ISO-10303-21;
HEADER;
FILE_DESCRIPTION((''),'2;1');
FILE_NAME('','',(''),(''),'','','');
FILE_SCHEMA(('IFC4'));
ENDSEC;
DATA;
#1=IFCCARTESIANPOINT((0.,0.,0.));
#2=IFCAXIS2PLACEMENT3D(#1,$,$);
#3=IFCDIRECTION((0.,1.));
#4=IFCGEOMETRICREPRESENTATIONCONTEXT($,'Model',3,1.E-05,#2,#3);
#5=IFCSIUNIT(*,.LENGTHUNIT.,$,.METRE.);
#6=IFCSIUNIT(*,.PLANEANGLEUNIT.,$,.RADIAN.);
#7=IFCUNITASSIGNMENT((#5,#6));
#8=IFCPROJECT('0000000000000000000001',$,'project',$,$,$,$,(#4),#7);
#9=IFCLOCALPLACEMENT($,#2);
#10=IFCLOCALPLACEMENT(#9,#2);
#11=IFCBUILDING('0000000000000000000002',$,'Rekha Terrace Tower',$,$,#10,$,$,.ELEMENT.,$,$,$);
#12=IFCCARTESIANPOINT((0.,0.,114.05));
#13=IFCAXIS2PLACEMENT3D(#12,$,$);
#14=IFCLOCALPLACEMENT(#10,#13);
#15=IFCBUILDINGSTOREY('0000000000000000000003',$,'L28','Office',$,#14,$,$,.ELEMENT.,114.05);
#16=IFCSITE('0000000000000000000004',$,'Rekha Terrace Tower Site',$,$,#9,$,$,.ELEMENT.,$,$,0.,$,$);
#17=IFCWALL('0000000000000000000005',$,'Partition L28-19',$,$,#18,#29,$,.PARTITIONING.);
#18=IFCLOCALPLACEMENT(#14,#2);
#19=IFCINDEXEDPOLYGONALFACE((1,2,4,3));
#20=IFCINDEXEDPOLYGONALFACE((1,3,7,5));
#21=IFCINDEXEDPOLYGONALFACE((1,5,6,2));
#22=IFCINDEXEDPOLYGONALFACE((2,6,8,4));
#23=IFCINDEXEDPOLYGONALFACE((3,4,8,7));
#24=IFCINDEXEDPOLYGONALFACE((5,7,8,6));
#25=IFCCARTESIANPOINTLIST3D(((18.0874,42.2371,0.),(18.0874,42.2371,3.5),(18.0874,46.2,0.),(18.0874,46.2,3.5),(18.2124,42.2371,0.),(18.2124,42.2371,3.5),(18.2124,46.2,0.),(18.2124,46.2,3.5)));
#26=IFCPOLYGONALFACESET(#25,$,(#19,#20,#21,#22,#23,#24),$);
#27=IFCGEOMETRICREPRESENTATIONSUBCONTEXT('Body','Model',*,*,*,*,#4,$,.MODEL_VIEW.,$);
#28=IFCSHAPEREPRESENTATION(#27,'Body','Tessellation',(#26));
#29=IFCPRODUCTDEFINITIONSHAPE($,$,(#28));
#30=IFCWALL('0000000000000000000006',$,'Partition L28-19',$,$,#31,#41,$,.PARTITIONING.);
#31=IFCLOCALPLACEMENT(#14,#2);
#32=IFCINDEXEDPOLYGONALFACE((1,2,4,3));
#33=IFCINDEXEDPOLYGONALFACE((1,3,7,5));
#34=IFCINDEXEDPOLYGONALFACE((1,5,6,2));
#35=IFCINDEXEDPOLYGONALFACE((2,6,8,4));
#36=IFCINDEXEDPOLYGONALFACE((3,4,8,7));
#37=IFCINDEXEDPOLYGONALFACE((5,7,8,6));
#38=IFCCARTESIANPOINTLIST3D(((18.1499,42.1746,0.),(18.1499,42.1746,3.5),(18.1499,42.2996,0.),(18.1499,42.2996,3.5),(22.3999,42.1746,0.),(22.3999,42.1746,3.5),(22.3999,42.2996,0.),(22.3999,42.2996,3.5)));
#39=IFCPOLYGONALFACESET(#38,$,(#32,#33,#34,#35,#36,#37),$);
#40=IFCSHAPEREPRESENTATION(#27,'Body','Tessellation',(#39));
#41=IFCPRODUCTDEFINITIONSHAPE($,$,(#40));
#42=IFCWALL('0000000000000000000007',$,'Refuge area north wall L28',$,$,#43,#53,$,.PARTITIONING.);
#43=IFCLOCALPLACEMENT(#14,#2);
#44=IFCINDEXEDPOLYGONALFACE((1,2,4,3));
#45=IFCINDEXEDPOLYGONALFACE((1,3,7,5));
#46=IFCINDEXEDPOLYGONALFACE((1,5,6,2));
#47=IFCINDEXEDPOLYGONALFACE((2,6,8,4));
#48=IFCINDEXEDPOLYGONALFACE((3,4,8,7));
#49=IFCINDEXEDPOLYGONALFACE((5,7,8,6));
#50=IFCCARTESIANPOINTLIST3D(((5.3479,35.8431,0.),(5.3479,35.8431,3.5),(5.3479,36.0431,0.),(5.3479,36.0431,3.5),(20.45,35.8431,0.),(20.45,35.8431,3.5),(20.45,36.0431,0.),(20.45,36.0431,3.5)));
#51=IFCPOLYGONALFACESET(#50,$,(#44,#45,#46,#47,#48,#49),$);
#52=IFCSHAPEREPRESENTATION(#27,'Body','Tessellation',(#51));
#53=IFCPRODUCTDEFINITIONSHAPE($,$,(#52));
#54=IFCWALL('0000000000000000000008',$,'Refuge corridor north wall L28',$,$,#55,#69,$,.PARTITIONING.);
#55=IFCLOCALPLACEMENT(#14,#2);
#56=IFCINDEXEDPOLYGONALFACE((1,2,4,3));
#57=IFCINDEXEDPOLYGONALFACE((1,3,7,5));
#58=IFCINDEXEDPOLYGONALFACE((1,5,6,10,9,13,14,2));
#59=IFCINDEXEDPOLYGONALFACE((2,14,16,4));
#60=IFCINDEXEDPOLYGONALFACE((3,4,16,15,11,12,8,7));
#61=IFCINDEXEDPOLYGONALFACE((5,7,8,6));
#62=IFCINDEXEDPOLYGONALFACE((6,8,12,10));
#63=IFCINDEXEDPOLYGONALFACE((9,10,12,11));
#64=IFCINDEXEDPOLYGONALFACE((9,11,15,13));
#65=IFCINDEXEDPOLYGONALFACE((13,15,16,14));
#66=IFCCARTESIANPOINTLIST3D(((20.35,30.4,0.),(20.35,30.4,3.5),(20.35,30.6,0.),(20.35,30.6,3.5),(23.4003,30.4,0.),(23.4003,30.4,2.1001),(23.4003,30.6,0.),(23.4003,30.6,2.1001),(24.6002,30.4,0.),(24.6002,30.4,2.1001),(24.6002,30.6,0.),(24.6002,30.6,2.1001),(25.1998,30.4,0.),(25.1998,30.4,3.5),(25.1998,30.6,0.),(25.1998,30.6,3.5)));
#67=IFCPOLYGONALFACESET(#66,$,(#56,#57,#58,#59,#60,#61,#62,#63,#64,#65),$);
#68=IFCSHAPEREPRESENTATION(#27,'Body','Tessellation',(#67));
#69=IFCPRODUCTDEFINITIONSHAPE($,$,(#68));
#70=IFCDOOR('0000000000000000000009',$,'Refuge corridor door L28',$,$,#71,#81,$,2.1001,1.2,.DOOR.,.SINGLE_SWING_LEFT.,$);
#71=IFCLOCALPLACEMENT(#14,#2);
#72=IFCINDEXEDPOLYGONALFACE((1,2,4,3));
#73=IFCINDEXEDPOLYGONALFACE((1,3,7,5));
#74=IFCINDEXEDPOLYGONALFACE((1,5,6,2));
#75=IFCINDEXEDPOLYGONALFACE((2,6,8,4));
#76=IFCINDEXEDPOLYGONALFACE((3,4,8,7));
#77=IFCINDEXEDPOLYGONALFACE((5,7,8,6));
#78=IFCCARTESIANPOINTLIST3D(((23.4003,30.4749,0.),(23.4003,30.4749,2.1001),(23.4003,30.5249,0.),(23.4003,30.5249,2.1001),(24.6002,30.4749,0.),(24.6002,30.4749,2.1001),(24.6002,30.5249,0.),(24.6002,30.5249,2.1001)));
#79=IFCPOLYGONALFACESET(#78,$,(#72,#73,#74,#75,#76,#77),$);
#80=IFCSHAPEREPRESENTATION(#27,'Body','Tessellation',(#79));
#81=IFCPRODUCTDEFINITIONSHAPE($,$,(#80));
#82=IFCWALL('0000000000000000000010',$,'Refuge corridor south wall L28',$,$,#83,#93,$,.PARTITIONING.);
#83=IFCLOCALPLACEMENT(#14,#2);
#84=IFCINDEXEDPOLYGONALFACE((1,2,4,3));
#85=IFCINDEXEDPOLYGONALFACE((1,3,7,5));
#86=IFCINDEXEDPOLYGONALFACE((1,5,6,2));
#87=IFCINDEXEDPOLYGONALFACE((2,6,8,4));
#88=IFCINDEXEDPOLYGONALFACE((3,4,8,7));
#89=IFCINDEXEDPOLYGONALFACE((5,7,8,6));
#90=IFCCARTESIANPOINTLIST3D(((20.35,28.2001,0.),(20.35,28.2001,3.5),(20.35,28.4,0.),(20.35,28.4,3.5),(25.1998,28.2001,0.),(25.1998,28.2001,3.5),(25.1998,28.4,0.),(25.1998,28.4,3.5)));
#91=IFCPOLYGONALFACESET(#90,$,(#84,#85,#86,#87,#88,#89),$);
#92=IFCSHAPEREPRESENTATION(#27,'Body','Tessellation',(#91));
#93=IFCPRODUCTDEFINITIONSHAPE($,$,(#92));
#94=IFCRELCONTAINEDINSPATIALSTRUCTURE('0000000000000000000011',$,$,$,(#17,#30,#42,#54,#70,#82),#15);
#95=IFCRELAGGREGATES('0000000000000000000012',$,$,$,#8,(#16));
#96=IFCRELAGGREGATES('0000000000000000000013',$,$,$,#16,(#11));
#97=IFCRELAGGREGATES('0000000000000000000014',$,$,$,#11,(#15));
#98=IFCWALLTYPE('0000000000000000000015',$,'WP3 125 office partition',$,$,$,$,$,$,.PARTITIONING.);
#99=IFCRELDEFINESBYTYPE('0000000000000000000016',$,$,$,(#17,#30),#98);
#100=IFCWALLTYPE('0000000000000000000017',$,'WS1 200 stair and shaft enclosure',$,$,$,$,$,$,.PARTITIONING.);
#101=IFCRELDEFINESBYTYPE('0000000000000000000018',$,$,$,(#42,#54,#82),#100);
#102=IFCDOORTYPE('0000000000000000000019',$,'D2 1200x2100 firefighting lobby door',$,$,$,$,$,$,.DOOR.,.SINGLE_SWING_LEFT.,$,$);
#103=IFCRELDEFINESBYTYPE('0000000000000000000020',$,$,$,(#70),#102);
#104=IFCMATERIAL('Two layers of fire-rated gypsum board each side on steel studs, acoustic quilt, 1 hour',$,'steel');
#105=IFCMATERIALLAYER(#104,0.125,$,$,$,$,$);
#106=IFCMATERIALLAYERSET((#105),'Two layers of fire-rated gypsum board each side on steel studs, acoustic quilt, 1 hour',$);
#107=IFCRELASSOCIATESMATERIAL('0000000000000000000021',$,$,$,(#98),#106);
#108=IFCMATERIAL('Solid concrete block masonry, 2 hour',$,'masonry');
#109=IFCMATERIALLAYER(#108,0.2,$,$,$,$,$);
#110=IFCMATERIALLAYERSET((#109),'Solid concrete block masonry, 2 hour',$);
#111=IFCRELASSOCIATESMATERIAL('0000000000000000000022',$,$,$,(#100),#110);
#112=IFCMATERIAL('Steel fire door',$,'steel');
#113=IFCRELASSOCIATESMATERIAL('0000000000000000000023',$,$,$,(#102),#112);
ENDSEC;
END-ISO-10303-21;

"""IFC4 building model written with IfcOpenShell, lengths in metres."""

from ifc_helpers import new_model, si_unit, direction, frame, frame_2d, origin, place, context, subcontext, project, spatial, rectangle, extrude, material, layer, layer_set, type_object, element, fill, save


model = new_model("IFC4")

# Units and contexts
model_context = context("Model", 3, precision=1e-05, world=origin(), true_north=direction((0.0, 1.0)))
body_context = subcontext(model_context, "Body", "Model", "MODEL_VIEW")
ifc_project = project(units=[si_unit("LENGTHUNIT", "METRE"), si_unit("PLANEANGLEUNIT", "RADIAN")], contexts=[model_context])

# Site, building, storey
site_placement = place(None, origin())
site = spatial("IfcSite", under=ifc_project, at=site_placement, Name="Rekha Terrace Tower Site", CompositionType="ELEMENT", RefElevation=0.0)
building_placement = place(site_placement, origin())
building = spatial("IfcBuilding", under=site, at=building_placement, Name="Rekha Terrace Tower", CompositionType="ELEMENT")
storey_placement = place(building_placement, frame((0.0, 0.0, 114.05)))
storey = spatial("IfcBuildingStorey", under=building, at=storey_placement, Name="L28", Description="Office", CompositionType="ELEMENT", Elevation=114.05)

# Shared definitions
ifc_material_1 = material(Name="Steel fire door", Category="steel")

# Shared definitions
ifc_material_2 = material(Name="Two layers of fire-rated gypsum board each side on steel studs, acoustic quilt, 1 hour", Category="steel")
ifc_layer_1 = layer(ifc_material_2, 0.125)
ifc_layer_set_1 = layer_set([ifc_layer_1], Name="Two layers of fire-rated gypsum board each side on steel studs, acoustic quilt, 1 hour")
wall_type_1 = type_object("IfcWallType", Name="WP3 125 office partition", PredefinedType="PARTITIONING", material=ifc_layer_set_1)

# Walls
wall_1_placement = place(storey_placement, frame((18.1499, 42.2371, 0.0), z_axis=(0.0, 0.0, 1.0), x_axis=(0.0, 1.0, 0.0)))
element("IfcWall", 1, at=wall_1_placement, inside=storey, type_object=wall_type_1, Name="Partition L28-19", PredefinedType="PARTITIONING", context=body_context, shape_type="SweptSolid", body=[
    extrude(rectangle(XDim=3.9629, YDim=0.125, at=frame_2d((1.9814, 0.0))), origin(), (0.0, 0.0, 1.0), 3.5),
])
wall_2_placement = place(storey_placement, frame((22.3999, 42.2371, 0.0), z_axis=(0.0, 0.0, 1.0), x_axis=(-1.0, 0.0, 0.0)))
element("IfcWall", 2, at=wall_2_placement, inside=storey, type_object=wall_type_1, Name="Partition L28-19", PredefinedType="PARTITIONING", context=body_context, shape_type="SweptSolid", body=[
    extrude(rectangle(XDim=4.25, YDim=0.125, at=frame_2d((2.125, 0.0))), origin(), (0.0, 0.0, 1.0), 3.5),
])
ifc_material_3 = material(Name="Solid concrete block masonry, 2 hour", Category="masonry")
ifc_layer_2 = layer(ifc_material_3, 0.2)
ifc_layer_set_2 = layer_set([ifc_layer_2], Name="Solid concrete block masonry, 2 hour")
wall_type_2 = type_object("IfcWallType", Name="WS1 200 stair and shaft enclosure", PredefinedType="PARTITIONING", material=ifc_layer_set_2)
wall_3_placement = place(storey_placement, frame((5.3479, 35.9431, 0.0), z_axis=(0.0, 0.0, 1.0), x_axis=(1.0, 0.0, 0.0)))
element("IfcWall", 3, at=wall_3_placement, inside=storey, type_object=wall_type_2, Name="Refuge area north wall L28", PredefinedType="PARTITIONING", context=body_context, shape_type="SweptSolid", body=[
    extrude(rectangle(XDim=15.1021, YDim=0.2, at=frame_2d((7.551, 0.0))), origin(), (0.0, 0.0, 1.0), 3.5),
])

# Wall, opening, door
wall_4_placement = place(storey_placement, frame((20.3501, 30.5, 0.0), z_axis=(0.0, 0.0, 1.0), x_axis=(1.0, 0.0, 0.0)))
wall_4 = element("IfcWall", 4, at=wall_4_placement, inside=storey, type_object=wall_type_2, Name="Refuge corridor north wall L28", PredefinedType="PARTITIONING", context=body_context, shape_type="SweptSolid", body=[
    extrude(rectangle(XDim=4.8499, YDim=0.2, at=frame_2d((2.4248, 0.0))), origin(), (0.0, 0.0, 1.0), 3.5),
])
opening_1_placement = place(wall_4_placement, frame((3.05, 0.0, 0.0)))
opening_1 = element("IfcOpeningElement", 5, at=opening_1_placement, cuts=wall_4, PredefinedType="OPENING", context=body_context, shape_type="SweptSolid", body=[
    extrude(rectangle(XDim=1.2, YDim=2.1001, at=frame_2d((0.6001, 1.05))), frame((0.0, 0.1099, 0.0), z_axis=(0.0, -1.0, 0.0), x_axis=(1.0, 0.0, 0.0)), (0.0, 0.0, 1.0), 0.22),
])
door_type_1 = type_object("IfcDoorType", Name="D2 1200x2100 firefighting lobby door", OperationType="SINGLE_SWING_LEFT", PredefinedType="DOOR", material=ifc_material_1)
door_1_placement = place(opening_1_placement, origin())
door_1 = element("IfcDoor", 6, at=door_1_placement, inside=storey, type_object=door_type_1, Name="Refuge corridor door L28", OperationType="SINGLE_SWING_LEFT", OverallHeight=2.1001, OverallWidth=1.2, PredefinedType="DOOR", context=body_context, shape_type="SweptSolid", body=[
    extrude(rectangle(XDim=1.2, YDim=2.1001, at=frame_2d((0.6001, 1.05))), frame((0.0, 0.0249, 0.0), z_axis=(0.0, -1.0, 0.0), x_axis=(1.0, 0.0, 0.0)), (0.0, 0.0, 1.0), 0.05),
])
fill(opening_1, door_1)

# Wall
wall_5_placement = place(storey_placement, frame((20.3501, 28.3, 0.0), z_axis=(0.0, 0.0, 1.0), x_axis=(1.0, 0.0, 0.0)))
element("IfcWall", 7, at=wall_5_placement, inside=storey, type_object=wall_type_2, Name="Refuge corridor south wall L28", PredefinedType="PARTITIONING", context=body_context, shape_type="SweptSolid", body=[
    extrude(rectangle(XDim=4.8499, YDim=0.2, at=frame_2d((2.4248, 0.0))), origin(), (0.0, 0.0, 1.0), 3.5),
])

save(model, "model.ifc")
